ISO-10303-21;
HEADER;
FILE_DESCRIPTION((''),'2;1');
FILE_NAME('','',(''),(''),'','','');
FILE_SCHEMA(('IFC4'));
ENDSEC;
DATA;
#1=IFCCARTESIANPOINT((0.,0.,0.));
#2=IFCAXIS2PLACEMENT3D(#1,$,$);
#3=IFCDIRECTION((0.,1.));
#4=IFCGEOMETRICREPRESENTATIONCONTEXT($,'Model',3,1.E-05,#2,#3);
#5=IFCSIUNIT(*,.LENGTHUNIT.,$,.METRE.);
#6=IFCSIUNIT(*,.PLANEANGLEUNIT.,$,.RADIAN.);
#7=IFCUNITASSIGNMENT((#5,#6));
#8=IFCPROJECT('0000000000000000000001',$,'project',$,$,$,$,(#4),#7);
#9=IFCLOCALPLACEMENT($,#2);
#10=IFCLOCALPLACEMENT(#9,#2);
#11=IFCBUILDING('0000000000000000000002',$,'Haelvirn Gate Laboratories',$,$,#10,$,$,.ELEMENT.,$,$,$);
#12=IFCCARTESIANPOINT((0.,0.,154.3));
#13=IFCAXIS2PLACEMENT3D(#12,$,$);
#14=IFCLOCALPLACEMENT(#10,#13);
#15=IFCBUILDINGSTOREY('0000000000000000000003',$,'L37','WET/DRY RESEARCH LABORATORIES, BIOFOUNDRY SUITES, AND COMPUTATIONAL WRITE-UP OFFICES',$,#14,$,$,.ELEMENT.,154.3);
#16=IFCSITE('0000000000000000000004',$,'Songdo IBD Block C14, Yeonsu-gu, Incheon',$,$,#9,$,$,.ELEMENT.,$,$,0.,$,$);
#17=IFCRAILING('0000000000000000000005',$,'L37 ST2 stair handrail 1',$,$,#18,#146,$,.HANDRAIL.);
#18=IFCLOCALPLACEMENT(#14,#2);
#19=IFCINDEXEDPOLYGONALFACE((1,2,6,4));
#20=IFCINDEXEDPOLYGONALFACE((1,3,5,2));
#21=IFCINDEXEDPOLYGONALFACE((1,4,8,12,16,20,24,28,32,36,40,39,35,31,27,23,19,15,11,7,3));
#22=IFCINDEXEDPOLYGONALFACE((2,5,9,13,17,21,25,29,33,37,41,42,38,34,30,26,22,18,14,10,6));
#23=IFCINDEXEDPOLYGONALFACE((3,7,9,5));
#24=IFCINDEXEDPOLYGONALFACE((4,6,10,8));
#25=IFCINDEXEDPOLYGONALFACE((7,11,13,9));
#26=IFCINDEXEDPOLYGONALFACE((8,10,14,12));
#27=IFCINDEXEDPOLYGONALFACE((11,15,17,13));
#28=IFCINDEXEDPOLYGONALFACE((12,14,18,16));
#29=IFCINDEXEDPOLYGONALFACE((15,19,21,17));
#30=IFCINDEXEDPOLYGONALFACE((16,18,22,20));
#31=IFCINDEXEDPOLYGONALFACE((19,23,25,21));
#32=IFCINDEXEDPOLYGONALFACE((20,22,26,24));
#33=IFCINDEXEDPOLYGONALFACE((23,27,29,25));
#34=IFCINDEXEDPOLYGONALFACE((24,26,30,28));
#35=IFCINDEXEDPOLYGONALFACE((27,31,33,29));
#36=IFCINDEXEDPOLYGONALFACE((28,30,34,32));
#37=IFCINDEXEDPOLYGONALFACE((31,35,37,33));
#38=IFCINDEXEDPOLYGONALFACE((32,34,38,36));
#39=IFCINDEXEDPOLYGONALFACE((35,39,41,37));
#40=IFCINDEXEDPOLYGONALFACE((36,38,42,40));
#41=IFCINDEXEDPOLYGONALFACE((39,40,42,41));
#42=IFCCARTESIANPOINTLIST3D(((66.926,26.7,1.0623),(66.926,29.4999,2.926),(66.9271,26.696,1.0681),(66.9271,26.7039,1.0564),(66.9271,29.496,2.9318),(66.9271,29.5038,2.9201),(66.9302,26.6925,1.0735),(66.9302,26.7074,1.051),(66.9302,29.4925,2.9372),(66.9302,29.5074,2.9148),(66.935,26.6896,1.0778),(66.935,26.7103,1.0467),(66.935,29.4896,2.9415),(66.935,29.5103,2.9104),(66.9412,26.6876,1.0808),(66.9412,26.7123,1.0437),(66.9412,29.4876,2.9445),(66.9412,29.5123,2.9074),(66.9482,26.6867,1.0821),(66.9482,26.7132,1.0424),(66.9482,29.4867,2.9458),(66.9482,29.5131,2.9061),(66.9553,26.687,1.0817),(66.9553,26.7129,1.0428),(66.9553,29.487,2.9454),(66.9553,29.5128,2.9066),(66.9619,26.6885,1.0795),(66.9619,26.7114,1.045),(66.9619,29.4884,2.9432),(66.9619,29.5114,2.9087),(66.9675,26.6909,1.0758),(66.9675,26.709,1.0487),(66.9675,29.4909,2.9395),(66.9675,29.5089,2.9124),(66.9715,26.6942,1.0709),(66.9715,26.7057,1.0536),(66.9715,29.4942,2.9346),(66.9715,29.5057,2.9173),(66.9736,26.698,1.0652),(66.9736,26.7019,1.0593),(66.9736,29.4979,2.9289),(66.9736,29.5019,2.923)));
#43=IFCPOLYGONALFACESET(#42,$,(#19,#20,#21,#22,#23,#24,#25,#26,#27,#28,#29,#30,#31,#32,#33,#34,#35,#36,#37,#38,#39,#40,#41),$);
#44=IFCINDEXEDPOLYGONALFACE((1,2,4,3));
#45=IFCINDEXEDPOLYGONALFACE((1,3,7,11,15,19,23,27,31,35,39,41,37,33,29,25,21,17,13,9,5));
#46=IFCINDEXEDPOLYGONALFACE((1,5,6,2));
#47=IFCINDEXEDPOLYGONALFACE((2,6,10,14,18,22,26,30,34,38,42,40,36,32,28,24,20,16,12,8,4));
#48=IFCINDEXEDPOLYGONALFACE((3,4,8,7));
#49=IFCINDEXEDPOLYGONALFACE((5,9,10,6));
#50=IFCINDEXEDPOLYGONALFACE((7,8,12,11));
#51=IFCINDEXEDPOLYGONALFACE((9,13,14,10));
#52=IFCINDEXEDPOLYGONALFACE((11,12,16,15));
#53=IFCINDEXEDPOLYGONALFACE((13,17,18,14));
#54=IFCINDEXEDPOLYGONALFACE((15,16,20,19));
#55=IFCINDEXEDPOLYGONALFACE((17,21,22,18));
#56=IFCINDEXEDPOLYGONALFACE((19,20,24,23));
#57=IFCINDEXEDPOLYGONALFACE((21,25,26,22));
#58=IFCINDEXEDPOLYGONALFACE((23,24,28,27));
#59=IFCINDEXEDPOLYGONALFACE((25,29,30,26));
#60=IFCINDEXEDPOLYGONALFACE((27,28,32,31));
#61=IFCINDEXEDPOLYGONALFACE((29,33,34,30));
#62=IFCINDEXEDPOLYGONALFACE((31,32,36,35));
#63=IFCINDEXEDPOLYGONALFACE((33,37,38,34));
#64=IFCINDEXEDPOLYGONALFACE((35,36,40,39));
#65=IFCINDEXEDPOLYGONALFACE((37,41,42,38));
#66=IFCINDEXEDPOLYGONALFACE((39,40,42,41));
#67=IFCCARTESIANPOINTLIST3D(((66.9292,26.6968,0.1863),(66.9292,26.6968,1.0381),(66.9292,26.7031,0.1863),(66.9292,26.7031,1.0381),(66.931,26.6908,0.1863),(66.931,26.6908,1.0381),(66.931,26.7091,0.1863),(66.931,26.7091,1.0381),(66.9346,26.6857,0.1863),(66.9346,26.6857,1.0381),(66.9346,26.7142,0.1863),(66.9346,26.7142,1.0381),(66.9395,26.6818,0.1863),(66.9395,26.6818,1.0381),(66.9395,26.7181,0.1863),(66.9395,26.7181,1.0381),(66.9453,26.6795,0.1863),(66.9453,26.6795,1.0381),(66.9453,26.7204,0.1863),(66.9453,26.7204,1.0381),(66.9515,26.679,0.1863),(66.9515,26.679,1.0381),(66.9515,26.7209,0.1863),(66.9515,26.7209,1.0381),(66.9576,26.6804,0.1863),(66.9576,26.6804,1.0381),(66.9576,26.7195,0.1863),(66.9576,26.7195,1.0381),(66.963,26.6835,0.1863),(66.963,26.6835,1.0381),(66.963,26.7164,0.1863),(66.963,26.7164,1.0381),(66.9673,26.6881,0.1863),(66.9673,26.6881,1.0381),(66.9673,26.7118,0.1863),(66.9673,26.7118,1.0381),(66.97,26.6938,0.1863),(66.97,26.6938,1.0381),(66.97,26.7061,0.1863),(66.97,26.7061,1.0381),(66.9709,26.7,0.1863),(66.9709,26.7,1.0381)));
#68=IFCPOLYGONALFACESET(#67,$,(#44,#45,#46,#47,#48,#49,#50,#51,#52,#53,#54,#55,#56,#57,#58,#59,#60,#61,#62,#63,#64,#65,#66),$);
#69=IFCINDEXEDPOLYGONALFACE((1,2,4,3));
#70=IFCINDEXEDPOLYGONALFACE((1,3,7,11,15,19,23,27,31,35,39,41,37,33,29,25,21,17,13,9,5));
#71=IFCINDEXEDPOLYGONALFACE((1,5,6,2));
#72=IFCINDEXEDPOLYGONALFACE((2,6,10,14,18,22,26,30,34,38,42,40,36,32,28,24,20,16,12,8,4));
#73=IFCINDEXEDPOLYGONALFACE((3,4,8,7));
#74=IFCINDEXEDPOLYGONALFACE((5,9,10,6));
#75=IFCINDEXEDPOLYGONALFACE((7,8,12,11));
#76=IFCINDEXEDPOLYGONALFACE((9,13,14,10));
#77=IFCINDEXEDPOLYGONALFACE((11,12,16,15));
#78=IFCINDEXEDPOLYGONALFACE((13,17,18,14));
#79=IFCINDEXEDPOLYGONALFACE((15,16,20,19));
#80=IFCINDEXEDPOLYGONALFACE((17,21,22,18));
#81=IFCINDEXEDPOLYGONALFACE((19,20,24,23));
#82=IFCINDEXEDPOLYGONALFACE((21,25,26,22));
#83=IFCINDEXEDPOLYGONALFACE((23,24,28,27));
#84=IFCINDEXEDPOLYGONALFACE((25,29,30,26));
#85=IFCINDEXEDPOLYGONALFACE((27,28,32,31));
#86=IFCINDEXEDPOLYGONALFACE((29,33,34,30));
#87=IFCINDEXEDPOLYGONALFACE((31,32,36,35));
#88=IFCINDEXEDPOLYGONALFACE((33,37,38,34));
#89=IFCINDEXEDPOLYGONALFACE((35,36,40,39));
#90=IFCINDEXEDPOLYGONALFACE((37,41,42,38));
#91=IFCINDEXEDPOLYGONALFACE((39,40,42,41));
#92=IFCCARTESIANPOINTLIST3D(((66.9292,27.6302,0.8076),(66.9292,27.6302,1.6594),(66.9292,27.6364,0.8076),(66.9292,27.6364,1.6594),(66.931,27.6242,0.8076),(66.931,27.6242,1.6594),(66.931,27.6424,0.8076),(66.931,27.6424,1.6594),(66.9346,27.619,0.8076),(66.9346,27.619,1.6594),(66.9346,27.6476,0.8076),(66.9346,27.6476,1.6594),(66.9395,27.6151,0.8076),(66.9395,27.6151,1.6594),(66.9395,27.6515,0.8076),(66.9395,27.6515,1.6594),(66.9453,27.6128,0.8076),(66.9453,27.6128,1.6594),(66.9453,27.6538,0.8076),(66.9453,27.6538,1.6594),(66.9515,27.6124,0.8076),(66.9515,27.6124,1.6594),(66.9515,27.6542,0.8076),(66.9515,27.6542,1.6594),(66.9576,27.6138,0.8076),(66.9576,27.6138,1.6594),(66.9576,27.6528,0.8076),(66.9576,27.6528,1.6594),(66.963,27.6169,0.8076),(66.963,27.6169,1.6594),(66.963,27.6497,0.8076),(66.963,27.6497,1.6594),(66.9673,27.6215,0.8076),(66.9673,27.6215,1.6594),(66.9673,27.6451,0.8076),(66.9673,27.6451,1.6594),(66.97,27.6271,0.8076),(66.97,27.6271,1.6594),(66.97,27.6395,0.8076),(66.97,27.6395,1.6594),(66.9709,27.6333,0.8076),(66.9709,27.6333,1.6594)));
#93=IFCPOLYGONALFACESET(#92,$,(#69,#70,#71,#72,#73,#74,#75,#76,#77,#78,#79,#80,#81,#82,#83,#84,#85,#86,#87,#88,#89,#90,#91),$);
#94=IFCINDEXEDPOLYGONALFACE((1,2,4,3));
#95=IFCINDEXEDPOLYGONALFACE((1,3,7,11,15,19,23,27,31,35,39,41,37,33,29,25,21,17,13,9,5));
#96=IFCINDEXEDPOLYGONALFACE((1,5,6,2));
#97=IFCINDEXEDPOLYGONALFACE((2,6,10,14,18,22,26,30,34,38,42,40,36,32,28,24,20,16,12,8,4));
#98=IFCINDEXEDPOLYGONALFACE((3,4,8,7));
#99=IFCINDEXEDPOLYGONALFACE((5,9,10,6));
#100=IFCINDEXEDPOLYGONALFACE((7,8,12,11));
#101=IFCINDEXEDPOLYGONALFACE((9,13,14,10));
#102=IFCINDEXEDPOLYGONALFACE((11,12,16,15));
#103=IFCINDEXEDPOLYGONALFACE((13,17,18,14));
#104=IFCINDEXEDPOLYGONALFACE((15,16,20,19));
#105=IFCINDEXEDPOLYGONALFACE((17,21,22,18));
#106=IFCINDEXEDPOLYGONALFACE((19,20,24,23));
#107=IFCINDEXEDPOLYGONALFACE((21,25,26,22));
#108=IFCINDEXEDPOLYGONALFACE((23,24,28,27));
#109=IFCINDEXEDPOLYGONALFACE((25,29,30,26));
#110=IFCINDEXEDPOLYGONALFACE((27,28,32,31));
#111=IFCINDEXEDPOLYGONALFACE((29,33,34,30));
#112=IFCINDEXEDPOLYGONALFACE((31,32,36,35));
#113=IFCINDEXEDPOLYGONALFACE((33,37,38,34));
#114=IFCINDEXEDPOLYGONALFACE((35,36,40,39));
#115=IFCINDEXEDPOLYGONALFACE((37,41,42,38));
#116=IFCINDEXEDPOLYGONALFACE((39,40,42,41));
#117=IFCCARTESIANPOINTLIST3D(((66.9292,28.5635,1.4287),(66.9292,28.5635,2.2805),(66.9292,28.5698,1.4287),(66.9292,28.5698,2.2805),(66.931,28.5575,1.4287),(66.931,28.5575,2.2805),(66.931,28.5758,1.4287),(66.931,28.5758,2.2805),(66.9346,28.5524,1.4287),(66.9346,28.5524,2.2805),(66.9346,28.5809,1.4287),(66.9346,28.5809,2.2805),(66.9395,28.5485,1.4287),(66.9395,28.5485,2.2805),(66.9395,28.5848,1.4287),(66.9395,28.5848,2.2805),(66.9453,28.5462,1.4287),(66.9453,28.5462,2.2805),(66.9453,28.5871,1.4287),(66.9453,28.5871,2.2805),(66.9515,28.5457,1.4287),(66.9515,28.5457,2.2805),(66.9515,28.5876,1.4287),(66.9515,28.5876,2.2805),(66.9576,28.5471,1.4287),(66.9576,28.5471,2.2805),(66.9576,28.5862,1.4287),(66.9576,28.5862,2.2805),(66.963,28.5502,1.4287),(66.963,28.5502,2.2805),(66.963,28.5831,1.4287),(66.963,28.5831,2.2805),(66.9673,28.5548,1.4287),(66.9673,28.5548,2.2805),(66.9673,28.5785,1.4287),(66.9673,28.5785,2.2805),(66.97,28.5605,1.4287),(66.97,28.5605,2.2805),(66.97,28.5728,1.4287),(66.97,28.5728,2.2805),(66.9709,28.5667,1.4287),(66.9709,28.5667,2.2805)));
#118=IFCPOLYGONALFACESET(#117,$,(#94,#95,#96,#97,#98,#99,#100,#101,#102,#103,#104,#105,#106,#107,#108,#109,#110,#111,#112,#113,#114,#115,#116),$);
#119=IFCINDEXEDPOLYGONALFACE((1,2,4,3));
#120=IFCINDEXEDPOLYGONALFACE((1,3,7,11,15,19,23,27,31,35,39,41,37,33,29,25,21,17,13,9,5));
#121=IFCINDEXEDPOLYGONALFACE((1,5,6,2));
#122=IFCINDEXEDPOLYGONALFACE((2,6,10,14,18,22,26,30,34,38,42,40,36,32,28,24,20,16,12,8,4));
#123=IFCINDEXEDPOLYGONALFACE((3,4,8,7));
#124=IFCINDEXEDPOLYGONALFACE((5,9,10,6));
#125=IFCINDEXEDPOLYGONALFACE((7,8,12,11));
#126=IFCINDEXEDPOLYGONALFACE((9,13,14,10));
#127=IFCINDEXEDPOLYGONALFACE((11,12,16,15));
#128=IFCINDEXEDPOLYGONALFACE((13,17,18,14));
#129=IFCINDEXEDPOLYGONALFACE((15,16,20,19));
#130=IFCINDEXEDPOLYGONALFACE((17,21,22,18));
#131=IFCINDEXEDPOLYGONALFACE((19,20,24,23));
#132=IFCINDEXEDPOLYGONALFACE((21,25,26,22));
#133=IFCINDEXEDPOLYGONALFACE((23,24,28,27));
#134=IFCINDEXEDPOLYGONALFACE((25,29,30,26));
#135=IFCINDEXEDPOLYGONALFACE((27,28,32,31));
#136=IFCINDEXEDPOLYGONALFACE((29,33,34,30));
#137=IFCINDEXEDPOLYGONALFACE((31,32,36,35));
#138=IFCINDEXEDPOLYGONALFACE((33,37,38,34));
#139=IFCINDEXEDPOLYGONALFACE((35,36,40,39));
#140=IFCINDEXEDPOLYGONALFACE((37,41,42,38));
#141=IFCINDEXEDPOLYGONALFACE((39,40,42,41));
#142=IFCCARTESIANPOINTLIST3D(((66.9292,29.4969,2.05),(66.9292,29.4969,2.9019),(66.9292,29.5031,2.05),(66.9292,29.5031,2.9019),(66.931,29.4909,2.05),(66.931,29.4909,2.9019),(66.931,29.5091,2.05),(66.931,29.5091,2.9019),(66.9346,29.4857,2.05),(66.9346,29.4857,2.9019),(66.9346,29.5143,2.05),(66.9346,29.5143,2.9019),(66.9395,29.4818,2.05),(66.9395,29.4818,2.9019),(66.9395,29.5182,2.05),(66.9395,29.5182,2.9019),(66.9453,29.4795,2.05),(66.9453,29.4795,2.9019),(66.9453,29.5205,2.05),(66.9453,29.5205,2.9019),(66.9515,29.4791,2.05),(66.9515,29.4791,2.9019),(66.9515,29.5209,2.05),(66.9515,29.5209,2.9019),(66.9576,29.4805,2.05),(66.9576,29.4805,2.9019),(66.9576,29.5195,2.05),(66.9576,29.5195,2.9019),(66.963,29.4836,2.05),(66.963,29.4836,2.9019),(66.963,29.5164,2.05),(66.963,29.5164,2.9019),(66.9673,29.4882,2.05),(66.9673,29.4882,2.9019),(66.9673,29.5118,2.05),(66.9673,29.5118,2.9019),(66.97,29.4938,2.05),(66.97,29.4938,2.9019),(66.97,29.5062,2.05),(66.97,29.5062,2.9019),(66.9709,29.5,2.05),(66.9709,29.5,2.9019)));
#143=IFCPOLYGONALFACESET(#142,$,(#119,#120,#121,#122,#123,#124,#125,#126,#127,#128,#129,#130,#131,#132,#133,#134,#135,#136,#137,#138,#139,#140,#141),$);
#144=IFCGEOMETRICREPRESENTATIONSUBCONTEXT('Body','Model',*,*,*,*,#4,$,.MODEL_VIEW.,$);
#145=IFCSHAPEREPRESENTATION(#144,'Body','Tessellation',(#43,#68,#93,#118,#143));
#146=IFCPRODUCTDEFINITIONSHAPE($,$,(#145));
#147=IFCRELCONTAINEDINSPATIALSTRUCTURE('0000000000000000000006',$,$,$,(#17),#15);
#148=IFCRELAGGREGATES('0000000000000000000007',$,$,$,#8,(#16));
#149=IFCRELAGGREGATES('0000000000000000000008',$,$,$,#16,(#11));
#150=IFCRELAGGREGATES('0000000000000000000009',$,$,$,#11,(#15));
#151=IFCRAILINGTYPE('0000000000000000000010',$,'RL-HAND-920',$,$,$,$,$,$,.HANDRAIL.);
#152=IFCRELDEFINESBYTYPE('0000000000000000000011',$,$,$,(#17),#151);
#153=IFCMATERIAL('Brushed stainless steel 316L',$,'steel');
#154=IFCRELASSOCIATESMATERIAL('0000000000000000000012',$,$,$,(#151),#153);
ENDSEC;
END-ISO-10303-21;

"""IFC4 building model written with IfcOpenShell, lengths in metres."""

from ifc_helpers import new_model, si_unit, direction, frame, origin, origin_2d, place, context, subcontext, project, spatial, circle, extrude, source, transform, mapped, material, type_object, element, save


model = new_model("IFC4")

# Units and contexts
model_context = context("Model", 3, precision=1e-05, world=origin(), true_north=direction((0.0, 1.0)))
body_context = subcontext(model_context, "Body", "Model", "MODEL_VIEW")
ifc_project = project(units=[si_unit("LENGTHUNIT", "METRE"), si_unit("PLANEANGLEUNIT", "RADIAN")], contexts=[model_context])

# Site, building, storey
site_placement = place(None, origin())
site = spatial("IfcSite", under=ifc_project, at=site_placement, Name="Songdo IBD Block C14, Yeonsu-gu, Incheon", CompositionType="ELEMENT", RefElevation=0.0)
building_placement = place(site_placement, origin())
building = spatial("IfcBuilding", under=site, at=building_placement, Name="Haelvirn Gate Laboratories", CompositionType="ELEMENT")
storey_placement = place(building_placement, frame((0.0, 0.0, 154.3)))
storey = spatial("IfcBuildingStorey", under=building, at=storey_placement, Name="L37", Description="WET/DRY RESEARCH LABORATORIES, BIOFOUNDRY SUITES, AND COMPUTATIONAL WRITE-UP OFFICES", CompositionType="ELEMENT", Elevation=154.3)

# Railing
ifc_material_1 = material(Name="Brushed stainless steel 316L", Category="steel")
railing_type_1 = type_object("IfcRailingType", Name="RL-HAND-920", PredefinedType="HANDRAIL", material=ifc_material_1)
shared_shape_1 = source(origin(), body_context, "Body", "SweptSolid", [
    extrude(circle(Radius=0.0239, at=origin_2d()), frame((0.0, 0.0, 0.876), z_axis=(0.0, 0.832452, 0.554097), x_axis=(-1.0, 0.0, 0.0)), (0.0, 0.0, 1.0), 3.3635),
    extrude(circle(Radius=0.021, at=origin_2d()), origin(), (0.0, 0.0, 1.0), 0.8518),
    extrude(circle(Radius=0.021, at=origin_2d()), frame((0.0, 0.9333, 0.6213)), (0.0, 0.0, 1.0), 0.8518),
    extrude(circle(Radius=0.021, at=origin_2d()), frame((0.0, 1.8667, 1.2424)), (0.0, 0.0, 1.0), 0.8518),
    extrude(circle(Radius=0.021, at=origin_2d()), frame((0.0, 2.8, 1.8638)), (0.0, 0.0, 1.0), 0.8518),
])
railing_1_placement = place(storey_placement, frame((66.95, 26.7, 0.1863)))
element("IfcRailing", 1, at=railing_1_placement, inside=storey, type_object=railing_type_1, Name="L37 ST2 stair handrail 1", PredefinedType="HANDRAIL", context=body_context, shape_type="MappedRepresentation", body=[
    mapped(shared_shape_1, transform((0.0, 0.0, 0.0), scale=1.0)),
])

save(model, "model.ifc")
